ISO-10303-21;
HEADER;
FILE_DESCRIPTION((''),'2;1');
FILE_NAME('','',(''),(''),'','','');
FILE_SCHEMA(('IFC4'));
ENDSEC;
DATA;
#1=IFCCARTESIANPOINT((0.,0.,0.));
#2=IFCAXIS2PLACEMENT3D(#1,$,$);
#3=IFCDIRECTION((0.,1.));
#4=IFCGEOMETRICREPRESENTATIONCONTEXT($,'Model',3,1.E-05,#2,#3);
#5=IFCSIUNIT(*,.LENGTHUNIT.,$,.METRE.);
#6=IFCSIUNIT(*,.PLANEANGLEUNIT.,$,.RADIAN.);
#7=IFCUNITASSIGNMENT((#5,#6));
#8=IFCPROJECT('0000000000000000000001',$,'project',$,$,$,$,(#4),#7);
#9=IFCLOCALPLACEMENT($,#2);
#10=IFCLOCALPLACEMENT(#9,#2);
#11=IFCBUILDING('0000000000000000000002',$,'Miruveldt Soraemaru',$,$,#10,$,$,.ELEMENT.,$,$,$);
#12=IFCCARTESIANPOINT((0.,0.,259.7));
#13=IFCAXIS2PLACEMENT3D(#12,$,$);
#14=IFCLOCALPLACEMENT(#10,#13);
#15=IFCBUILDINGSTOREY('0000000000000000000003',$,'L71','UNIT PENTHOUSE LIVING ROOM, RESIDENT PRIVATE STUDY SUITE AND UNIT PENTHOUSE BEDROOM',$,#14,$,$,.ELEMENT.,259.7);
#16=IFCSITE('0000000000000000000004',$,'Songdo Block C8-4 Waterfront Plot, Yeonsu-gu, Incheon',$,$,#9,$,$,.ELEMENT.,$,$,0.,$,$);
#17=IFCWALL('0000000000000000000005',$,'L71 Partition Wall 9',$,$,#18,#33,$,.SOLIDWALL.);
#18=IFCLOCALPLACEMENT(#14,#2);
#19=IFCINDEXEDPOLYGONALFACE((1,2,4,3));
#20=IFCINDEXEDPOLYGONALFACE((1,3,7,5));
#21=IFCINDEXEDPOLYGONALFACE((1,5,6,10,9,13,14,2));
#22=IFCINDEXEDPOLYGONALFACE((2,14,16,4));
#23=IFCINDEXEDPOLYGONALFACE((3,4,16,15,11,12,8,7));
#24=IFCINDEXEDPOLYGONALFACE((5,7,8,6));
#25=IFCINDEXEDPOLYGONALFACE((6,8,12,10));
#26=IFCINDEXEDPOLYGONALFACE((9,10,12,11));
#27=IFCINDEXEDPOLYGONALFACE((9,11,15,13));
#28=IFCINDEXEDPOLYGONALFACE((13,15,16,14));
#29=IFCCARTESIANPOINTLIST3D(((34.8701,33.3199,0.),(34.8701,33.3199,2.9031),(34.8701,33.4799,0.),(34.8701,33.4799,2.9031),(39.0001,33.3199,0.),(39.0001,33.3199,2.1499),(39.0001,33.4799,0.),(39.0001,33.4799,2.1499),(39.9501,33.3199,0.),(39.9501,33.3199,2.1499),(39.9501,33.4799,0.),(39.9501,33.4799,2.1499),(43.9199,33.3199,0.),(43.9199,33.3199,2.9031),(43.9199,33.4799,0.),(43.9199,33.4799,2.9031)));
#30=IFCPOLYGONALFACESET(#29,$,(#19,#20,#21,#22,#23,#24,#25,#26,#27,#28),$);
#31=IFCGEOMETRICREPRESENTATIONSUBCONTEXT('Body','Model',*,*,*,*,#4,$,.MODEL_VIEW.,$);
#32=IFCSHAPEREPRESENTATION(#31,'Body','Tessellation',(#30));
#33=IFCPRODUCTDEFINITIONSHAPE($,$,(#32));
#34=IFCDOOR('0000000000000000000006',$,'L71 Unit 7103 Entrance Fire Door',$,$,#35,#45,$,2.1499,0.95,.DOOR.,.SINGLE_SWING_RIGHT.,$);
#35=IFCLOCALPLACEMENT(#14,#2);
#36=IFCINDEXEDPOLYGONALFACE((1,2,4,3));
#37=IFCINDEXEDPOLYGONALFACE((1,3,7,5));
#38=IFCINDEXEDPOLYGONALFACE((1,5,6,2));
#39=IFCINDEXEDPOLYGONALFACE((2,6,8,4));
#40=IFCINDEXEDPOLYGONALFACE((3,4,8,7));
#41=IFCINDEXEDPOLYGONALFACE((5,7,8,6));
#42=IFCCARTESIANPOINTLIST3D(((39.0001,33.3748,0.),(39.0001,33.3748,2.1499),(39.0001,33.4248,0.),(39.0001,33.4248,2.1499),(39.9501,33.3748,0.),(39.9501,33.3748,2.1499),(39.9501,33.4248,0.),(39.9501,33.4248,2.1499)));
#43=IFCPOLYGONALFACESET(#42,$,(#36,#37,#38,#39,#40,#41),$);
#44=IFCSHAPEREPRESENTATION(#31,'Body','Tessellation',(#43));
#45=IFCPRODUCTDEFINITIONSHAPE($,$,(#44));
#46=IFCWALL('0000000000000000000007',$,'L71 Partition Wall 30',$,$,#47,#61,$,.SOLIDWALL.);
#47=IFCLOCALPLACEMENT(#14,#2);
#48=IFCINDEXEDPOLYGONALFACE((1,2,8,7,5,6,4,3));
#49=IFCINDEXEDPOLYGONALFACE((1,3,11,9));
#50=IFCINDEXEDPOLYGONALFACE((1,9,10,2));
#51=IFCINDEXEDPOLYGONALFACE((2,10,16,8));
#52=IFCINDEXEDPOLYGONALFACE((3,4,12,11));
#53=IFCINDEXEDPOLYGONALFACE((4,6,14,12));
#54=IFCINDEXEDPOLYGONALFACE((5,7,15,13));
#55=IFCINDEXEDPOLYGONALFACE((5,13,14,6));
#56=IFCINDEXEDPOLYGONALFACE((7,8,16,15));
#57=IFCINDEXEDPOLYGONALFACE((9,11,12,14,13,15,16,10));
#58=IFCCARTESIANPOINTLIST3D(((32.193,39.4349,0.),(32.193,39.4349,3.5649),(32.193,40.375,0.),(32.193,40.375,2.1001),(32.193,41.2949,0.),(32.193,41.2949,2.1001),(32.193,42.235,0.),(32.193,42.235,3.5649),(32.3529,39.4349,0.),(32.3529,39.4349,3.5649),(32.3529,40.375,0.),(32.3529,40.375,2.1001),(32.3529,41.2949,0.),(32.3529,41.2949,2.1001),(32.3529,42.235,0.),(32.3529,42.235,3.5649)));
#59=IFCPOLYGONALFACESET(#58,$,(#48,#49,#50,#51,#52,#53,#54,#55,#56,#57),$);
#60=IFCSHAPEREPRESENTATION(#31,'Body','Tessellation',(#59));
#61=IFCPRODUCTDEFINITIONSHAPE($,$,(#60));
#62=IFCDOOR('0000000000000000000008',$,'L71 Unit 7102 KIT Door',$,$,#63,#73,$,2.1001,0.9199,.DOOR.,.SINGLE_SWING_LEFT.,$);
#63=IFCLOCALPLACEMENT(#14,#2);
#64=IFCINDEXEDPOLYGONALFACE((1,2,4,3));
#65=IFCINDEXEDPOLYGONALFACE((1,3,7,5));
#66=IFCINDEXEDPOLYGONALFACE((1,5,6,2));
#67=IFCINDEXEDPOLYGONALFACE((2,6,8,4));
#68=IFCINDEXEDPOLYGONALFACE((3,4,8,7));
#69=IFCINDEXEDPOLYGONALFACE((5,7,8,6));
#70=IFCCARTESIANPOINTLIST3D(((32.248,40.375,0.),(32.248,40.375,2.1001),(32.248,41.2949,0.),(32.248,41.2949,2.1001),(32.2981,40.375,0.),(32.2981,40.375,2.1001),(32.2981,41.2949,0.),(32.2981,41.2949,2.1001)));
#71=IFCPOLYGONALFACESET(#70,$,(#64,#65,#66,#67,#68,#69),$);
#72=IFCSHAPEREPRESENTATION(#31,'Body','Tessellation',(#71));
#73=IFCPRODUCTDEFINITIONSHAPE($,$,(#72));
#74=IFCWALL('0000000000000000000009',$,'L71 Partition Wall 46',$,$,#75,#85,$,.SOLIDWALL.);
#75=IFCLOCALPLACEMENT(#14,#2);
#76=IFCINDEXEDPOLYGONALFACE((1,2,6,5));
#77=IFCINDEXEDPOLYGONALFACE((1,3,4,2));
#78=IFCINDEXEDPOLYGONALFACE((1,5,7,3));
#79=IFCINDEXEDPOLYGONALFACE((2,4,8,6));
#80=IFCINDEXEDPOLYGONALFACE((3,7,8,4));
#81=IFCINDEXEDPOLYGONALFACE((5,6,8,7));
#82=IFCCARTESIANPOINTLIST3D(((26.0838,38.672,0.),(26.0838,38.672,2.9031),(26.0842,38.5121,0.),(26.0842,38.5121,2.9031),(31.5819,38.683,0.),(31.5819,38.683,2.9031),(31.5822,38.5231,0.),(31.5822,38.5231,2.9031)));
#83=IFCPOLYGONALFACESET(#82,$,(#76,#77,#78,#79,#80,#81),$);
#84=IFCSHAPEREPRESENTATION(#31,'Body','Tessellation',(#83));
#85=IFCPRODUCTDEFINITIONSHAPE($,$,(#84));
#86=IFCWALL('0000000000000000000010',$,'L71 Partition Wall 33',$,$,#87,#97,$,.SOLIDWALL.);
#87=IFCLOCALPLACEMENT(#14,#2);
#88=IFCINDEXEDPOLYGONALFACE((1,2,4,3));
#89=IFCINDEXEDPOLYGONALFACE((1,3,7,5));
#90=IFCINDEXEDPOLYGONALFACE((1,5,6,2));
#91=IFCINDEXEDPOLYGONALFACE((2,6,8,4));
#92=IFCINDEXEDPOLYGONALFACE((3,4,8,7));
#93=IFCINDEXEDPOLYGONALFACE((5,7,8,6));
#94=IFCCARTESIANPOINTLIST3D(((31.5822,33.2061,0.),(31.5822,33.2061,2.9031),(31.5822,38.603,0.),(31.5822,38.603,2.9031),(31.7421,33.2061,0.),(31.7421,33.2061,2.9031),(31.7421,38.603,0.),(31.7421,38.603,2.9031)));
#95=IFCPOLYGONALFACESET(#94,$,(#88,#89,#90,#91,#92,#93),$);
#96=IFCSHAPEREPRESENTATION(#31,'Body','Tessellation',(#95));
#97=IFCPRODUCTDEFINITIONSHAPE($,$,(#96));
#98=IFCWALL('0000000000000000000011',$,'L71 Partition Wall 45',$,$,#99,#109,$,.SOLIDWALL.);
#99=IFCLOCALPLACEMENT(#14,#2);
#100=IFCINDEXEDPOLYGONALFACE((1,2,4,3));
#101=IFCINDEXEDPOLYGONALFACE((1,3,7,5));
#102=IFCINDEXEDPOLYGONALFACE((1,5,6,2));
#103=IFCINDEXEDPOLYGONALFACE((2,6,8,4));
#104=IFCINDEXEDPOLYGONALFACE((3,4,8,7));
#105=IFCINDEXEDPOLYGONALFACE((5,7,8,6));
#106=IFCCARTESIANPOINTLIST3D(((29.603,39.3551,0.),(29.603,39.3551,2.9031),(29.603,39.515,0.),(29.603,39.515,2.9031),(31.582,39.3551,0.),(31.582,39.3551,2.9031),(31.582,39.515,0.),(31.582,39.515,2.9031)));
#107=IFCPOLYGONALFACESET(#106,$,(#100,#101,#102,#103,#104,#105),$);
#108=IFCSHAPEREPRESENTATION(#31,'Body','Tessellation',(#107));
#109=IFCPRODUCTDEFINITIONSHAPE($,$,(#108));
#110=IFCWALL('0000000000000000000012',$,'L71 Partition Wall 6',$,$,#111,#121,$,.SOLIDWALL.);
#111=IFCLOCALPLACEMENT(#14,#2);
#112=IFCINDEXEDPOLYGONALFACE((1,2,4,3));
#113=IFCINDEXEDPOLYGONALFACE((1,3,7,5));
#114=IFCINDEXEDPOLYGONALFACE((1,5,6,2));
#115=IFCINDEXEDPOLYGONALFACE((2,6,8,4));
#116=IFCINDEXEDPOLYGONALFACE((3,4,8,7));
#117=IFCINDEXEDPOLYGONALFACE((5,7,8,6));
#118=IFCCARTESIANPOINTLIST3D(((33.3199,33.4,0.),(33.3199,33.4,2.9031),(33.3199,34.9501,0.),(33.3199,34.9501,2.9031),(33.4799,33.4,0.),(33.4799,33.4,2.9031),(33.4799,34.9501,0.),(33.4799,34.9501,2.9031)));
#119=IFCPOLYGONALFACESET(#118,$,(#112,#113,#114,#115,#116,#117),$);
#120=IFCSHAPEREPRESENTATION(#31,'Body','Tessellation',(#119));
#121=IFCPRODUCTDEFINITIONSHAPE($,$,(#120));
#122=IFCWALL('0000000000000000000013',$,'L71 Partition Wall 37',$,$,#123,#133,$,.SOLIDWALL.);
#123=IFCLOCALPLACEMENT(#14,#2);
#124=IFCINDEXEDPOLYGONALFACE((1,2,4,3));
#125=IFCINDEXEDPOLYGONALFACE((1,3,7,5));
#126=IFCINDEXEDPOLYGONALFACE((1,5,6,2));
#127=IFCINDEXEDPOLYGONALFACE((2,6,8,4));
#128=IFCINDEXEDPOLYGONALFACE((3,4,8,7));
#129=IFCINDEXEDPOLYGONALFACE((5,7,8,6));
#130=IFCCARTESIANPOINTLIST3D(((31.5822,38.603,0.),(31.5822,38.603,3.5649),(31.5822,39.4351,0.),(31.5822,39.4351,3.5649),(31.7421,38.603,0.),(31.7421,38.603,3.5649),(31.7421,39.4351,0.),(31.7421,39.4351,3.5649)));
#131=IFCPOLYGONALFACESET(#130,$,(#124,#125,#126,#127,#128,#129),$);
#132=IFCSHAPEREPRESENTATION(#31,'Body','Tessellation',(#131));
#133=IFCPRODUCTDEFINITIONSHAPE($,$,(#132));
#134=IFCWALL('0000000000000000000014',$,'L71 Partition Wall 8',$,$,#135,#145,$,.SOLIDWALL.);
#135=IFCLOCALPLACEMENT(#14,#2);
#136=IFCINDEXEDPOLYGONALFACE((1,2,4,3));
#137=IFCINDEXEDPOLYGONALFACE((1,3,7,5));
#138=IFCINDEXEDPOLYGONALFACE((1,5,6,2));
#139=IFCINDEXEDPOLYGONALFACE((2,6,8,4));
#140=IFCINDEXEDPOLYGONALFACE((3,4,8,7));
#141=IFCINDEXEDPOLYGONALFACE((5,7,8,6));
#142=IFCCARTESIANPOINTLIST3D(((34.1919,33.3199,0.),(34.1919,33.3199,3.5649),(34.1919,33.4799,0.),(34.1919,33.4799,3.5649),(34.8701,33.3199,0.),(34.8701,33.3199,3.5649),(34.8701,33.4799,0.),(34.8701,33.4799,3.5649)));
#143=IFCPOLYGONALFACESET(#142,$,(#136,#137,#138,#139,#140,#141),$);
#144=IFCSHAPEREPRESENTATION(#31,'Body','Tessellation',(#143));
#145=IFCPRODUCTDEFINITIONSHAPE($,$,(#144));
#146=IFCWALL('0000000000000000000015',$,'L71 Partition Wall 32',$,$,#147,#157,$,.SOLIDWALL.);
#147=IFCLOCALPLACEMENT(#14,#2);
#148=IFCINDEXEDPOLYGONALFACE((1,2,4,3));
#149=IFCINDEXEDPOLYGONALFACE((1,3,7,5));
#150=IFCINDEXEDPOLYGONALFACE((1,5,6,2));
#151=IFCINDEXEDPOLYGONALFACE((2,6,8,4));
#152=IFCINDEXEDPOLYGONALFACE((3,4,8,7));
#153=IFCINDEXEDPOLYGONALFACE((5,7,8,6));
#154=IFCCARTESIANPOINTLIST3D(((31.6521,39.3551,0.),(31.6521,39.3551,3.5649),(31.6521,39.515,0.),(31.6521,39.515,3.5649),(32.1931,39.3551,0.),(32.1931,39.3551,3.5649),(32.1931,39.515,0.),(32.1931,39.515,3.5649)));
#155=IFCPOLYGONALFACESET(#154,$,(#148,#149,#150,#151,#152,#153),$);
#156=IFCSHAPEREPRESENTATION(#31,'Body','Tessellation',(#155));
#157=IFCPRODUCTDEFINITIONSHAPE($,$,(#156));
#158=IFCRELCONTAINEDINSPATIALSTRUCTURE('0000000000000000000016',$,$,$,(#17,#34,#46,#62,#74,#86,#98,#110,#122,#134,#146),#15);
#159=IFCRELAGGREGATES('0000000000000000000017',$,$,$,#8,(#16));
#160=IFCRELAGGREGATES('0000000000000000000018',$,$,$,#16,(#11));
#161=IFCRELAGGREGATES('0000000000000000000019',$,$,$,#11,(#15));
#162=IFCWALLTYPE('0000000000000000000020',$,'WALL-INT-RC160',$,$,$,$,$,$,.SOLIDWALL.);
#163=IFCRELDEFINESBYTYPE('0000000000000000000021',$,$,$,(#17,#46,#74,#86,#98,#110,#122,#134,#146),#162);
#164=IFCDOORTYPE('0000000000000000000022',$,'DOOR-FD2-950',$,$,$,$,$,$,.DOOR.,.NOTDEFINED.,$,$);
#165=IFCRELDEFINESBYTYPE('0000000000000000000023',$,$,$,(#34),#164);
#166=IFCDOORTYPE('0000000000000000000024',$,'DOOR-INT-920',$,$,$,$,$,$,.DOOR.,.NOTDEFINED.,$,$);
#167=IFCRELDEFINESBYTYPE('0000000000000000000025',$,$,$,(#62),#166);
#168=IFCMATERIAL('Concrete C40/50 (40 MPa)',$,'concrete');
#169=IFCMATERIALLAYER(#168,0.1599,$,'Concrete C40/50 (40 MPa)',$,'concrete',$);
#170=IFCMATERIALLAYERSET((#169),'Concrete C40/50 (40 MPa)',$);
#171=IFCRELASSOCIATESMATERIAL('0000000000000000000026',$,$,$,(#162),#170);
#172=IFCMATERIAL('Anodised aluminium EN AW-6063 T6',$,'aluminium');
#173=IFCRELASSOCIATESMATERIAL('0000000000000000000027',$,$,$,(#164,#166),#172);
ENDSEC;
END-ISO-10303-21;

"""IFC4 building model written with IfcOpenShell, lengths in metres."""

from ifc_helpers import new_model, si_unit, direction, frame, frame_2d, origin, place, context, subcontext, project, spatial, rectangle, extrude, material, layer, layer_set, type_object, element, fill, save


model = new_model("IFC4")

# Units and contexts
model_context = context("Model", 3, precision=1e-05, world=origin(), true_north=direction((0.0, 1.0)))
body_context = subcontext(model_context, "Body", "Model", "MODEL_VIEW")
ifc_project = project(units=[si_unit("LENGTHUNIT", "METRE"), si_unit("PLANEANGLEUNIT", "RADIAN")], contexts=[model_context])

# Site, building, storey
site_placement = place(None, origin())
site = spatial("IfcSite", under=ifc_project, at=site_placement, Name="Songdo Block C8-4 Waterfront Plot, Yeonsu-gu, Incheon", CompositionType="ELEMENT", RefElevation=0.0)
building_placement = place(site_placement, origin())
building = spatial("IfcBuilding", under=site, at=building_placement, Name="Miruveldt Soraemaru", CompositionType="ELEMENT")
storey_placement = place(building_placement, frame((0.0, 0.0, 259.7)))
storey = spatial("IfcBuildingStorey", under=building, at=storey_placement, Name="L71", Description="UNIT PENTHOUSE LIVING ROOM, RESIDENT PRIVATE STUDY SUITE AND UNIT PENTHOUSE BEDROOM", CompositionType="ELEMENT", Elevation=259.7)

# Shared definitions
ifc_material_1 = material(Name="Anodised aluminium EN AW-6063 T6", Category="aluminium")

# Walls, openings, doors
ifc_material_2 = material(Name="Concrete C40/50 (40 MPa)", Category="concrete")
ifc_layer_1 = layer(ifc_material_2, 0.1599, Name="Concrete C40/50 (40 MPa)", Category="concrete")
ifc_layer_set_1 = layer_set([ifc_layer_1], Name="Concrete C40/50 (40 MPa)")
wall_type_1 = type_object("IfcWallType", Name="WALL-INT-RC160", PredefinedType="SOLIDWALL", material=ifc_layer_set_1)
wall_1_placement = place(storey_placement, frame((34.8701, 33.3999, 0.0), z_axis=(0.0, 0.0, 1.0), x_axis=(1.0, 0.0, 0.0)))
wall_1 = element("IfcWall", 1, at=wall_1_placement, inside=storey, type_object=wall_type_1, Name="L71 Partition Wall 9", PredefinedType="SOLIDWALL", context=body_context, shape_type="SweptSolid", body=[
    extrude(rectangle(XDim=9.0498, YDim=0.1599, at=frame_2d((4.5249, 0.0))), origin(), (0.0, 0.0, 1.0), 2.9031),
])
opening_1_placement = place(wall_1_placement, frame((4.1299, 0.0, 0.0)))
opening_1 = element("IfcOpeningElement", 2, at=opening_1_placement, cuts=wall_1, PredefinedType="OPENING", context=body_context, shape_type="SweptSolid", body=[
    extrude(rectangle(XDim=0.95, YDim=2.1499, at=frame_2d((0.4751, 1.075))), frame((0.0, 0.0898, 0.0), z_axis=(0.0, -1.0, 0.0), x_axis=(1.0, 0.0, 0.0)), (0.0, 0.0, 1.0), 0.1799),
])
door_type_1 = type_object("IfcDoorType", Name="DOOR-FD2-950", OperationType="NOTDEFINED", PredefinedType="DOOR", material=ifc_material_1)
door_1_placement = place(opening_1_placement, origin())
door_1 = element("IfcDoor", 3, at=door_1_placement, inside=storey, type_object=door_type_1, Name="L71 Unit 7103 Entrance Fire Door", OperationType="SINGLE_SWING_RIGHT", OverallHeight=2.1499, OverallWidth=0.95, PredefinedType="DOOR", context=body_context, shape_type="SweptSolid", body=[
    extrude(rectangle(XDim=0.95, YDim=2.1499, at=frame_2d((0.4751, 1.075))), frame((0.0, 0.0249, 0.0), z_axis=(0.0, -1.0, 0.0), x_axis=(1.0, 0.0, 0.0)), (0.0, 0.0, 1.0), 0.05),
])
fill(opening_1, door_1)
wall_2_placement = place(storey_placement, frame((32.2729, 39.4351, 0.0), z_axis=(0.0, 0.0, 1.0), x_axis=(0.0, 1.0, 0.0)))
wall_2 = element("IfcWall", 4, at=wall_2_placement, inside=storey, type_object=wall_type_1, Name="L71 Partition Wall 30", PredefinedType="SOLIDWALL", context=body_context, shape_type="SweptSolid", body=[
    extrude(rectangle(XDim=2.8, YDim=0.1599, at=frame_2d((1.3999, 0.0))), origin(), (0.0, 0.0, 1.0), 3.5649),
])
opening_2_placement = place(wall_2_placement, frame((0.9399, 0.0, 0.0)))
opening_2 = element("IfcOpeningElement", 5, at=opening_2_placement, cuts=wall_2, PredefinedType="OPENING", context=body_context, shape_type="SweptSolid", body=[
    extrude(rectangle(XDim=0.9199, YDim=2.1001, at=frame_2d((0.46, 1.05))), frame((0.0, 0.0898, 0.0), z_axis=(0.0, -1.0, 0.0), x_axis=(1.0, 0.0, 0.0)), (0.0, 0.0, 1.0), 0.1799),
])
door_type_2 = type_object("IfcDoorType", Name="DOOR-INT-920", OperationType="NOTDEFINED", PredefinedType="DOOR", material=ifc_material_1)
door_2_placement = place(opening_2_placement, origin())
door_2 = element("IfcDoor", 6, at=door_2_placement, inside=storey, type_object=door_type_2, Name="L71 Unit 7102 KIT Door", OperationType="SINGLE_SWING_LEFT", OverallHeight=2.1001, OverallWidth=0.9199, PredefinedType="DOOR", context=body_context, shape_type="SweptSolid", body=[
    extrude(rectangle(XDim=0.9199, YDim=2.1001, at=frame_2d((0.46, 1.05))), frame((0.0, 0.0249, 0.0), z_axis=(0.0, -1.0, 0.0), x_axis=(1.0, 0.0, 0.0)), (0.0, 0.0, 1.0), 0.05),
])
fill(opening_2, door_2)

# Walls
wall_3_placement = place(storey_placement, frame((31.582, 38.603, 0.0), z_axis=(0.0, 0.0, 1.0), x_axis=(-0.999998, -0.001998, 0.0)))
element("IfcWall", 7, at=wall_3_placement, inside=storey, type_object=wall_type_1, Name="L71 Partition Wall 46", PredefinedType="SOLIDWALL", context=body_context, shape_type="SweptSolid", body=[
    extrude(rectangle(XDim=5.498, YDim=0.1599, at=frame_2d((2.749, 0.0))), origin(), (0.0, 0.0, 1.0), 2.9031),
])
wall_4_placement = place(storey_placement, frame((31.6621, 38.603, 0.0), z_axis=(0.0, 0.0, 1.0), x_axis=(0.0, -1.0, 0.0)))
element("IfcWall", 8, at=wall_4_placement, inside=storey, type_object=wall_type_1, Name="L71 Partition Wall 33", PredefinedType="SOLIDWALL", context=body_context, shape_type="SweptSolid", body=[
    extrude(rectangle(XDim=5.397, YDim=0.1599, at=frame_2d((2.6985, 0.0))), origin(), (0.0, 0.0, 1.0), 2.9031),
])
wall_5_placement = place(storey_placement, frame((29.603, 39.4351, 0.0), z_axis=(0.0, 0.0, 1.0), x_axis=(1.0, 0.0, 0.0)))
element("IfcWall", 9, at=wall_5_placement, inside=storey, type_object=wall_type_1, Name="L71 Partition Wall 45", PredefinedType="SOLIDWALL", context=body_context, shape_type="SweptSolid", body=[
    extrude(rectangle(XDim=1.979, YDim=0.1599, at=frame_2d((0.9895, 0.0))), origin(), (0.0, 0.0, 1.0), 2.9031),
])
wall_6_placement = place(storey_placement, frame((33.3999, 34.95, 0.0), z_axis=(0.0, 0.0, 1.0), x_axis=(0.0, -1.0, 0.0)))
element("IfcWall", 10, at=wall_6_placement, inside=storey, type_object=wall_type_1, Name="L71 Partition Wall 6", PredefinedType="SOLIDWALL", context=body_context, shape_type="SweptSolid", body=[
    extrude(rectangle(XDim=1.55, YDim=0.1599, at=frame_2d((0.7749, 0.0))), origin(), (0.0, 0.0, 1.0), 2.9031),
])
wall_7_placement = place(storey_placement, frame((31.6621, 39.4351, 0.0), z_axis=(0.0, 0.0, 1.0), x_axis=(0.0, -1.0, 0.0)))
element("IfcWall", 11, at=wall_7_placement, inside=storey, type_object=wall_type_1, Name="L71 Partition Wall 37", PredefinedType="SOLIDWALL", context=body_context, shape_type="SweptSolid", body=[
    extrude(rectangle(XDim=0.832, YDim=0.1599, at=frame_2d((0.416, 0.0))), origin(), (0.0, 0.0, 1.0), 3.5649),
])
wall_8_placement = place(storey_placement, frame((34.1919, 33.3999, 0.0), z_axis=(0.0, 0.0, 1.0), x_axis=(1.0, 0.0, 0.0)))
element("IfcWall", 12, at=wall_8_placement, inside=storey, type_object=wall_type_1, Name="L71 Partition Wall 8", PredefinedType="SOLIDWALL", context=body_context, shape_type="SweptSolid", body=[
    extrude(rectangle(XDim=0.6782, YDim=0.1599, at=frame_2d((0.3391, 0.0))), origin(), (0.0, 0.0, 1.0), 3.5649),
])
wall_9_placement = place(storey_placement, frame((31.6521, 39.4351, 0.0), z_axis=(0.0, 0.0, 1.0), x_axis=(1.0, 0.0, 0.0)))
element("IfcWall", 13, at=wall_9_placement, inside=storey, type_object=wall_type_1, Name="L71 Partition Wall 32", PredefinedType="SOLIDWALL", context=body_context, shape_type="SweptSolid", body=[
    extrude(rectangle(XDim=0.541, YDim=0.1599, at=frame_2d((0.2705, 0.0))), origin(), (0.0, 0.0, 1.0), 3.5649),
])

save(model, "model.ifc")
